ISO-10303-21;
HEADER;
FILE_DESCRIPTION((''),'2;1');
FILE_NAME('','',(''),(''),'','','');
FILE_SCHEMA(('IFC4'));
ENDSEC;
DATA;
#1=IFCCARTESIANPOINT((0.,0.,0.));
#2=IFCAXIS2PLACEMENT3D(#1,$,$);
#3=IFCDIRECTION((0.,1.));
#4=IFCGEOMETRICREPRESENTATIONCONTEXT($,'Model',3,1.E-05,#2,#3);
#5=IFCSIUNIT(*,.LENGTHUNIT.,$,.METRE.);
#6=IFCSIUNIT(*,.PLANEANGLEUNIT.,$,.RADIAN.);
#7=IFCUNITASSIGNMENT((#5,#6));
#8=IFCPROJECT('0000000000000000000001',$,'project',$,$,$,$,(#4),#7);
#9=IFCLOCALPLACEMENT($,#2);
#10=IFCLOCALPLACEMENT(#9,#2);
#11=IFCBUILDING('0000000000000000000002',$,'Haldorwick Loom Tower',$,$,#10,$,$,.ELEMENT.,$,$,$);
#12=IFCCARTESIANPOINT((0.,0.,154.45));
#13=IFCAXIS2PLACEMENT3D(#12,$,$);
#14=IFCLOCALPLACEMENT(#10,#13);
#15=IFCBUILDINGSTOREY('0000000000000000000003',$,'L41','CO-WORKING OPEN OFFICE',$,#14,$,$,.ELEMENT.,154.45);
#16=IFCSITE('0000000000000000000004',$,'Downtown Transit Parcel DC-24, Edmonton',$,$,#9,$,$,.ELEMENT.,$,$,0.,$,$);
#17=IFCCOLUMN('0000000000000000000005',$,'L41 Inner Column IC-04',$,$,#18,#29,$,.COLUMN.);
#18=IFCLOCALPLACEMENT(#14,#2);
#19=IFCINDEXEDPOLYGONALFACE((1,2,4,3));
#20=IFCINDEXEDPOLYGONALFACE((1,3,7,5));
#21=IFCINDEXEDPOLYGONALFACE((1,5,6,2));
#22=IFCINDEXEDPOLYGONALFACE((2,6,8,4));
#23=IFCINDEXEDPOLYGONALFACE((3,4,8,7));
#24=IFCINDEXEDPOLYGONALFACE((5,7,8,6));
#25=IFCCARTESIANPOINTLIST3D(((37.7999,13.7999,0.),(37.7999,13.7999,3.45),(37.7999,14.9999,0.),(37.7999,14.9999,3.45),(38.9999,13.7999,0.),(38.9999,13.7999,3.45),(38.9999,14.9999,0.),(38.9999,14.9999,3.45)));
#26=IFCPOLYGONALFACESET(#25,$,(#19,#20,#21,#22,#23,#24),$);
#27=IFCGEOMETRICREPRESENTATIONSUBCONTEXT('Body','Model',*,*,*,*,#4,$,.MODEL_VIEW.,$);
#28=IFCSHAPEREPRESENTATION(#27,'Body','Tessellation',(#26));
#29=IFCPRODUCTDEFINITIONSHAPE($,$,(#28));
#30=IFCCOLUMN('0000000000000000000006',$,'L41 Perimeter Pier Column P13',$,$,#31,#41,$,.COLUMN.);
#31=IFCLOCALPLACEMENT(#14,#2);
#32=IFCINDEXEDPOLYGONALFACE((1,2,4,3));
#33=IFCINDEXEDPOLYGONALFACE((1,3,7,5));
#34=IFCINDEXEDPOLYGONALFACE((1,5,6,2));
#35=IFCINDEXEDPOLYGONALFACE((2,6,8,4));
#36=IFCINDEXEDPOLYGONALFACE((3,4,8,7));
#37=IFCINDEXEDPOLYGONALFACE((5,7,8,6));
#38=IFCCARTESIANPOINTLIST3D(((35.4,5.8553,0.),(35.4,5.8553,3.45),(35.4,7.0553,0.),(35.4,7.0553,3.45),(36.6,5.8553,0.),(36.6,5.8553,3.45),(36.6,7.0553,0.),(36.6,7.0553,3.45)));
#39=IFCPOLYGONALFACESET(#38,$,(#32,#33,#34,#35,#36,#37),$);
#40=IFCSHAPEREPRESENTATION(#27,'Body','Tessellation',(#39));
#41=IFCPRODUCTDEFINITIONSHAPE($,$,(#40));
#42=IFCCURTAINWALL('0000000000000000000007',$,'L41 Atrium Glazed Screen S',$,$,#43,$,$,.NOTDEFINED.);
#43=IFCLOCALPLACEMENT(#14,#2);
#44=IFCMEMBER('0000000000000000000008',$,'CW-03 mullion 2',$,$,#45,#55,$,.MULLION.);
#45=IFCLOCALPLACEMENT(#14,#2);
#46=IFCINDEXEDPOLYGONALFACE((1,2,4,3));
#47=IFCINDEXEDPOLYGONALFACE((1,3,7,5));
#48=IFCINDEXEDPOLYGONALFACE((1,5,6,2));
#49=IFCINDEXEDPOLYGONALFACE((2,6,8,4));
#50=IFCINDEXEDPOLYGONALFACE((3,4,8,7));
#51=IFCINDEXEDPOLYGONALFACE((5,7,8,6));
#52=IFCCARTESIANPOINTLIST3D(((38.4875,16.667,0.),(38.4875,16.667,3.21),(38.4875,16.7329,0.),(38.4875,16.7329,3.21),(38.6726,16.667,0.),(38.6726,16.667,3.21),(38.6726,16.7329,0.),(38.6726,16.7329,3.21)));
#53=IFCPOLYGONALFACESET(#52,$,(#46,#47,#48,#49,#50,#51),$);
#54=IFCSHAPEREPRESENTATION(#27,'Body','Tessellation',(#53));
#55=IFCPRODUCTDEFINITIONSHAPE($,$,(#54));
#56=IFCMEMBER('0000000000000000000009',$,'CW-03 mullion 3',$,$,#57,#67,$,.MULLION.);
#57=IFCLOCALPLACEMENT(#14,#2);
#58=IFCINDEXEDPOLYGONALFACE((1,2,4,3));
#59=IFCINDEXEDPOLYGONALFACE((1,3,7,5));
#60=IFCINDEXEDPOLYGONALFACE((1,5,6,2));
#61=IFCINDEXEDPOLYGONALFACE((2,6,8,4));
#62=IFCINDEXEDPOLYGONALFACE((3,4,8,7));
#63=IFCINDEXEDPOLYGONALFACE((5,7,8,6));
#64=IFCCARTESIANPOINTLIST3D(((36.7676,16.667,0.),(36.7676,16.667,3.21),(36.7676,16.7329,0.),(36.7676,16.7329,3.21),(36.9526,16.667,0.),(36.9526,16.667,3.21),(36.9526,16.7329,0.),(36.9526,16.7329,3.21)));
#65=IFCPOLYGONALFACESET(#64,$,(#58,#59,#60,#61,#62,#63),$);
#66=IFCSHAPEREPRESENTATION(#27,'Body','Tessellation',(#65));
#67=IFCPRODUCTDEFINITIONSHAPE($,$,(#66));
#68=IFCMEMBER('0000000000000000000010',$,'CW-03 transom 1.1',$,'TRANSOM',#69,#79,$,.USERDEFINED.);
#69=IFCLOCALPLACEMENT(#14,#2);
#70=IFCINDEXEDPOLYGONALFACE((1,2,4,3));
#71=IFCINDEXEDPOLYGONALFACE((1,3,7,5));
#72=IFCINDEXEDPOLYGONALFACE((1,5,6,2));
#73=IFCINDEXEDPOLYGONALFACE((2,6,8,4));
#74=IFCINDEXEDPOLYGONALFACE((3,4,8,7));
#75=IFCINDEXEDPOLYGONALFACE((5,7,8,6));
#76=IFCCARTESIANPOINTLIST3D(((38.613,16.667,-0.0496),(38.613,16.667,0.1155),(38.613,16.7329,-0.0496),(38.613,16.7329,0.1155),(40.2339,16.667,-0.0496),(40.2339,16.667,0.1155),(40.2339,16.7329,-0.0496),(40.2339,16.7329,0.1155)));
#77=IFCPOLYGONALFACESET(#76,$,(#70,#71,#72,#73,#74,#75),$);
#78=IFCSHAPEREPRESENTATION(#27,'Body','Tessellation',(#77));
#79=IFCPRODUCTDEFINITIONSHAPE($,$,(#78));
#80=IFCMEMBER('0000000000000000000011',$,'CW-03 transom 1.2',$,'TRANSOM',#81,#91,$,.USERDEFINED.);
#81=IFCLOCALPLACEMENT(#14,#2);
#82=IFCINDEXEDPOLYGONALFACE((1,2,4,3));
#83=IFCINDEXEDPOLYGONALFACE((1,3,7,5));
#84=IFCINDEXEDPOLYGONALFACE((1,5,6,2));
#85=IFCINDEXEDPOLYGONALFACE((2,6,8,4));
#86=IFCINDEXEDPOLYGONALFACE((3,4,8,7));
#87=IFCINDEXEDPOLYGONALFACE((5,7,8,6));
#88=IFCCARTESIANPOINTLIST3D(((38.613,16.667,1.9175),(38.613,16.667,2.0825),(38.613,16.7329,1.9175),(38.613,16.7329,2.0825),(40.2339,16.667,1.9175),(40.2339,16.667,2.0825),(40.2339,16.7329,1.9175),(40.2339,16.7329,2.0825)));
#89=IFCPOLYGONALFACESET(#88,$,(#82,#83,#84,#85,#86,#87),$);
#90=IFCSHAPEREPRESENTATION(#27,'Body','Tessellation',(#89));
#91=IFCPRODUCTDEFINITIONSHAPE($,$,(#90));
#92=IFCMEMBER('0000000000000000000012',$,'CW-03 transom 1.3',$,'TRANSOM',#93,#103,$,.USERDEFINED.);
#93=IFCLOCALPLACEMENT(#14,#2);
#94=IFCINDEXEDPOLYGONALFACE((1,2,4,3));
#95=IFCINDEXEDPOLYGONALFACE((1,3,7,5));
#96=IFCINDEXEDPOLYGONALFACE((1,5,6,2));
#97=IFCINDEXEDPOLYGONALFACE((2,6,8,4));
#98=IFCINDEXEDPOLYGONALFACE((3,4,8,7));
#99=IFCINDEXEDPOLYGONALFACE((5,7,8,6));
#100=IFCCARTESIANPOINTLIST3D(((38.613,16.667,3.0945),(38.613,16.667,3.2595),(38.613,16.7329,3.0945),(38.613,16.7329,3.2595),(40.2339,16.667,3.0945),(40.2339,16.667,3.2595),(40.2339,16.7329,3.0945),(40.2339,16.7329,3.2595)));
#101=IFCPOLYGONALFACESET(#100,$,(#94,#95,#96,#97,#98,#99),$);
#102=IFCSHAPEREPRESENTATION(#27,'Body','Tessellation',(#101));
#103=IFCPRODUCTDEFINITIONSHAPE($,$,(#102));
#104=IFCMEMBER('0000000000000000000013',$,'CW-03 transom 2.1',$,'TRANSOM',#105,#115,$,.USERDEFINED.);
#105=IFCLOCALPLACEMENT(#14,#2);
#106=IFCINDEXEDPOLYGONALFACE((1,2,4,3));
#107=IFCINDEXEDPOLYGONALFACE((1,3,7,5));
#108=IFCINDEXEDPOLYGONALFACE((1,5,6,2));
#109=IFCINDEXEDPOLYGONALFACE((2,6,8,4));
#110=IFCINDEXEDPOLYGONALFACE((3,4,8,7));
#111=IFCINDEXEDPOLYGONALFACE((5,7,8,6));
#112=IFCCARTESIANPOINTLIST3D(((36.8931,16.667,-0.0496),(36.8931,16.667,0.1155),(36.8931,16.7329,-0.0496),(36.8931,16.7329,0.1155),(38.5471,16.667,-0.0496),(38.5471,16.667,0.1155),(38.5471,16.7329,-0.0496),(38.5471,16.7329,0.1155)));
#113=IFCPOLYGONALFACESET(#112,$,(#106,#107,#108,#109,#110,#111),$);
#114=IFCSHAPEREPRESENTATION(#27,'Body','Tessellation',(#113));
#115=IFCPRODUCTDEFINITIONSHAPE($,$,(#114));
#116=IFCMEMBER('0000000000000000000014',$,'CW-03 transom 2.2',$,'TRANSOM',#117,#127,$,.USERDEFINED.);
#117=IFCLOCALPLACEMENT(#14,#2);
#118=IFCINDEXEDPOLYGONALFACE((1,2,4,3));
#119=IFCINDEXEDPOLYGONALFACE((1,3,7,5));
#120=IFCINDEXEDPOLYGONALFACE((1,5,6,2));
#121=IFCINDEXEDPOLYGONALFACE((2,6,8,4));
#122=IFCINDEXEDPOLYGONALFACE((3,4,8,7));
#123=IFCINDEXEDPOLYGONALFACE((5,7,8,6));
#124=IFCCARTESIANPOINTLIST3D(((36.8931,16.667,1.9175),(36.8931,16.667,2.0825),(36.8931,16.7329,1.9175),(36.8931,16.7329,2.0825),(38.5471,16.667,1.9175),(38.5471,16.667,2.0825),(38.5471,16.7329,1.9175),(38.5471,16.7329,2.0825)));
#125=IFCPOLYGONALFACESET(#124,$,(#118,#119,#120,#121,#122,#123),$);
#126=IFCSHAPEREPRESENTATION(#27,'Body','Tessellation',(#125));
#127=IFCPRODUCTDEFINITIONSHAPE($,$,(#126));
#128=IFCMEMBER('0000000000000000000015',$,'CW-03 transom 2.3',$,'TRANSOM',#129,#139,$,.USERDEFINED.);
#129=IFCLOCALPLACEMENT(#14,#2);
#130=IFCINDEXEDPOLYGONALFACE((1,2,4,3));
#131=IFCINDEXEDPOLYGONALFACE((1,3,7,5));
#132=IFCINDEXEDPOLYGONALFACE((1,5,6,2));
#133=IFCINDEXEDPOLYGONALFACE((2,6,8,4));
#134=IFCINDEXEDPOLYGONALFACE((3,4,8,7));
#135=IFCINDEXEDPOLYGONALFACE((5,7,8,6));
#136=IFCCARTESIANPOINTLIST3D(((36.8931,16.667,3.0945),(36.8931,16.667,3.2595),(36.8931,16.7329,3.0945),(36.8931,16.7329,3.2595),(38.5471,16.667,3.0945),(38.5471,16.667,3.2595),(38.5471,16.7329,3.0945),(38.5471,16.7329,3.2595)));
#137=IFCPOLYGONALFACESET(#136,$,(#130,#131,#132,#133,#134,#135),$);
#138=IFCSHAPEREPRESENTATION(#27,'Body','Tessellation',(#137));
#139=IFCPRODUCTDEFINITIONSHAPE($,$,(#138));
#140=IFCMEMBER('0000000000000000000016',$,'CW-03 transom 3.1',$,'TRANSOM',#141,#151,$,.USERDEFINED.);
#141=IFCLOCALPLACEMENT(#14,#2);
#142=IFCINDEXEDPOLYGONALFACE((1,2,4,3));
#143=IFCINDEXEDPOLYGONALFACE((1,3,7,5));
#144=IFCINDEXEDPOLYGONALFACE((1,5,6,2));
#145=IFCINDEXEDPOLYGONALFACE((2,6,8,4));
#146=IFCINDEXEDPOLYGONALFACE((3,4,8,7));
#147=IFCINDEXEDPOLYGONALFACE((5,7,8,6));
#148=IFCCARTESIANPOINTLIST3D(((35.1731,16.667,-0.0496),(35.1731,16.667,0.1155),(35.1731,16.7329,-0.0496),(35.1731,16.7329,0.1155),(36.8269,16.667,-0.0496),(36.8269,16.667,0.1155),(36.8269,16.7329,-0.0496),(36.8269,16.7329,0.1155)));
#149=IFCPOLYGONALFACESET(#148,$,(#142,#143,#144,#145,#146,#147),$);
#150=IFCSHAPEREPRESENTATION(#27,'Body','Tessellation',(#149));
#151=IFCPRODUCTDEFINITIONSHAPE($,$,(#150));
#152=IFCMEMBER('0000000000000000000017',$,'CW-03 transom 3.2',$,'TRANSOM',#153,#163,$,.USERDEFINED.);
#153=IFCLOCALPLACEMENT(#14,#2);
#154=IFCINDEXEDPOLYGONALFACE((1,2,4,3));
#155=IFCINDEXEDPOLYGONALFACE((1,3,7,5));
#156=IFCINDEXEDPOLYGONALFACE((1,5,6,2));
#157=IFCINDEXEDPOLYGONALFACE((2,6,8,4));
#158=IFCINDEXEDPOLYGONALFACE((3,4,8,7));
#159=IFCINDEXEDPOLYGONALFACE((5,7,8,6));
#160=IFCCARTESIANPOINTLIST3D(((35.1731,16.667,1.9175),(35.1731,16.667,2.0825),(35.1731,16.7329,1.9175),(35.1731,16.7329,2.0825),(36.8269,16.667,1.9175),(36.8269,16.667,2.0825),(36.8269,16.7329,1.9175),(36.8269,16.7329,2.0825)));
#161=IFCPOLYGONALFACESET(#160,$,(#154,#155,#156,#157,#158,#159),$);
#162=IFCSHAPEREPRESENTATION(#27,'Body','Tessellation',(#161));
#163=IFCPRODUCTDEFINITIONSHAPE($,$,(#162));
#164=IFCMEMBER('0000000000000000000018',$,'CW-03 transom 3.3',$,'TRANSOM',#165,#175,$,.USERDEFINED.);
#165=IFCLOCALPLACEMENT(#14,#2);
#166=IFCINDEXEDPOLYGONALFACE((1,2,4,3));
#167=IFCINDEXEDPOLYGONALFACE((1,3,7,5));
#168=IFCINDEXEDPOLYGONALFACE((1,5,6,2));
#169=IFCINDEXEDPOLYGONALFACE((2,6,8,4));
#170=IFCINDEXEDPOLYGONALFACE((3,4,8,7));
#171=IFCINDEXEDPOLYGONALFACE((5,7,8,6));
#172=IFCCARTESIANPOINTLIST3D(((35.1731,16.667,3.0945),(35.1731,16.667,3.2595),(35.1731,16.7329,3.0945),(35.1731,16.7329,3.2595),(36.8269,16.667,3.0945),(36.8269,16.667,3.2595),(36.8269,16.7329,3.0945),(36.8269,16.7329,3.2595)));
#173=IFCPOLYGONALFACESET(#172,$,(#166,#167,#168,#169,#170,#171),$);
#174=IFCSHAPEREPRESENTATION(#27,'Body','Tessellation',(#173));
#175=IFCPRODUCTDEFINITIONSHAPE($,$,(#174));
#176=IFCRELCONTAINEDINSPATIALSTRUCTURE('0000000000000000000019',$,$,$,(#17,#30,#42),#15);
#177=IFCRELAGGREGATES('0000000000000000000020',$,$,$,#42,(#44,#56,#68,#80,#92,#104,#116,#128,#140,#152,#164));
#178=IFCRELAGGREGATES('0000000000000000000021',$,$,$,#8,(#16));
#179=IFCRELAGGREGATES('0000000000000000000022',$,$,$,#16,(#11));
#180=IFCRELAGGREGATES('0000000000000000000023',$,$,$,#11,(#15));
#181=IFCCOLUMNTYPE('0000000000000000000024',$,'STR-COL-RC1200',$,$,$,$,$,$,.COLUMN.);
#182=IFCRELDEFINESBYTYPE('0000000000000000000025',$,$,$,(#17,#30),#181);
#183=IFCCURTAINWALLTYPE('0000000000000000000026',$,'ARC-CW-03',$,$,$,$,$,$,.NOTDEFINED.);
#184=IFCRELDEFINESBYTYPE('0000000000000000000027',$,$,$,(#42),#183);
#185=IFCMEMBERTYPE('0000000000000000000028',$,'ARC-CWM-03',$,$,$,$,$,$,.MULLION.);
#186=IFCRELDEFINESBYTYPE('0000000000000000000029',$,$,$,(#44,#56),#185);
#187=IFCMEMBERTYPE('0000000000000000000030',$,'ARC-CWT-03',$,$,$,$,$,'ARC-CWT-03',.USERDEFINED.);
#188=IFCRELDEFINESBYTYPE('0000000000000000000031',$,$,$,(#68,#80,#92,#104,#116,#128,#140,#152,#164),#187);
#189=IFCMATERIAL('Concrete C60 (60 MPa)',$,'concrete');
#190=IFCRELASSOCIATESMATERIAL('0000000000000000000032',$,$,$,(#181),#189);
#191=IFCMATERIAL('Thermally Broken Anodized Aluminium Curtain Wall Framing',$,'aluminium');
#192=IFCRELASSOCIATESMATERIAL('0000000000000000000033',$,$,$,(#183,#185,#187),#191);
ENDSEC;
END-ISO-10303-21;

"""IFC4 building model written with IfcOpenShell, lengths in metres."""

from ifc_helpers import new_model, si_unit, direction, frame, origin, origin_2d, place, context, subcontext, project, spatial, rectangle, extrude, material, material_profile, profile_set, type_object, element, aggregate, save


model = new_model("IFC4")

# Units and contexts
model_context = context("Model", 3, precision=1e-05, world=origin(), true_north=direction((0.0, 1.0)))
body_context = subcontext(model_context, "Body", "Model", "MODEL_VIEW")
ifc_project = project(units=[si_unit("LENGTHUNIT", "METRE"), si_unit("PLANEANGLEUNIT", "RADIAN")], contexts=[model_context])

# Site, building, storey
site_placement = place(None, origin())
site = spatial("IfcSite", under=ifc_project, at=site_placement, Name="Downtown Transit Parcel DC-24, Edmonton", CompositionType="ELEMENT", RefElevation=0.0)
building_placement = place(site_placement, origin())
building = spatial("IfcBuilding", under=site, at=building_placement, Name="Haldorwick Loom Tower", CompositionType="ELEMENT")
storey_placement = place(building_placement, frame((0.0, 0.0, 154.45)))
storey = spatial("IfcBuildingStorey", under=building, at=storey_placement, Name="L41", Description="CO-WORKING OPEN OFFICE", CompositionType="ELEMENT", Elevation=154.45)

# Columns
ifc_material_1 = material(Name="Concrete C60 (60 MPa)", Category="concrete")
ifc_material_profile_1 = material_profile(ifc_material_1, rectangle(XDim=1.2, YDim=1.2, at=origin_2d()), Name="RC1200X1200", Category="concrete")
ifc_profile_set_1 = profile_set([ifc_material_profile_1], Name="Concrete C60 (60 MPa)")
column_type = type_object("IfcColumnType", Name="STR-COL-RC1200", PredefinedType="COLUMN", material=ifc_profile_set_1)
for number, where, z_axis, x_axis, name in (
    (1, (38.3999, 14.3999, 0.0), (0.0, 0.0, 1.0), (1.0, 0.0, 0.0), "L41 Inner Column IC-04"),
    (2, (36.0, 6.4553, 0.0), (0.0, 0.0, 1.0), (0.0, -1.0, 0.0), "L41 Perimeter Pier Column P13"),
):
    element("IfcColumn", number, at=place(storey_placement, frame(where, z_axis=z_axis, x_axis=x_axis)), inside=storey, type_object=column_type, Name=name, PredefinedType="COLUMN", context=body_context, shape_type="SweptSolid", body=[
        extrude(rectangle(XDim=1.2, YDim=1.2, at=origin_2d()), origin(), (0.0, 0.0, 1.0), 3.45),
    ])

# Curtain wall, members
ifc_material_2 = material(Name="Thermally Broken Anodized Aluminium Curtain Wall Framing", Category="aluminium")
curtain_wall_type = type_object("IfcCurtainWallType", Name="ARC-CW-03", PredefinedType="NOTDEFINED", material=ifc_material_2)
curtain_wall_placement = place(storey_placement, origin())
curtain_wall = element("IfcCurtainWall", 3, at=curtain_wall_placement, inside=storey, type_object=curtain_wall_type, Name="L41 Atrium Glazed Screen S", PredefinedType="NOTDEFINED")
ifc_material_profile_2 = material_profile(ifc_material_2, rectangle(XDim=0.0659, YDim=0.1851, at=origin_2d()), Name="ALU_MUL_66X185", Category="aluminium")
ifc_profile_set_2 = profile_set([ifc_material_profile_2], Name="Thermally Broken Anodized Aluminium Curtain Wall Framing")
member_type_1 = type_object("IfcMemberType", Name="ARC-CWM-03", PredefinedType="MULLION", material=ifc_profile_set_2)
member_1_placement = place(storey_placement, frame((38.5801, 16.7, 0.0), z_axis=(0.0, 0.0, 1.0), x_axis=(0.0, -1.0, 0.0)))
member_1 = element("IfcMember", 4, at=member_1_placement, type_object=member_type_1, Name="CW-03 mullion 2", PredefinedType="MULLION", context=body_context, shape_type="SweptSolid", body=[
    extrude(rectangle(XDim=0.0659, YDim=0.1851, at=origin_2d()), origin(), (0.0, 0.0, 1.0), 3.21),
])
member_2_placement = place(storey_placement, frame((36.8601, 16.7, 0.0), z_axis=(0.0, 0.0, 1.0), x_axis=(0.0, -1.0, 0.0)))
member_2 = element("IfcMember", 5, at=member_2_placement, type_object=member_type_1, Name="CW-03 mullion 3", PredefinedType="MULLION", context=body_context, shape_type="SweptSolid", body=[
    extrude(rectangle(XDim=0.0659, YDim=0.1851, at=origin_2d()), origin(), (0.0, 0.0, 1.0), 3.21),
])
ifc_material_profile_3 = material_profile(ifc_material_2, rectangle(XDim=0.0659, YDim=0.165, at=origin_2d()), Name="ALU_TRN_66X165", Category="aluminium")
ifc_profile_set_3 = profile_set([ifc_material_profile_3], Name="Thermally Broken Anodized Aluminium Curtain Wall Framing")
member_type_2 = type_object("IfcMemberType", Name="ARC-CWT-03", ElementType="ARC-CWT-03", PredefinedType="USERDEFINED", material=ifc_profile_set_3)
member_3_placement = place(storey_placement, frame((40.2339, 16.7, 0.033), z_axis=(-1.0, 0.0, 0.0), x_axis=(0.0, -1.0, 0.0)))
member_3 = element("IfcMember", 6, at=member_3_placement, type_object=member_type_2, Name="CW-03 transom 1.1", ObjectType="TRANSOM", PredefinedType="USERDEFINED", context=body_context, shape_type="SweptSolid", body=[
    extrude(rectangle(XDim=0.0659, YDim=0.165, at=origin_2d()), origin(), (0.0, 0.0, 1.0), 1.6208),
])
member_4_placement = place(storey_placement, frame((40.2339, 16.7, 2.0), z_axis=(-1.0, 0.0, 0.0), x_axis=(0.0, -1.0, 0.0)))
member_4 = element("IfcMember", 7, at=member_4_placement, type_object=member_type_2, Name="CW-03 transom 1.2", ObjectType="TRANSOM", PredefinedType="USERDEFINED", context=body_context, shape_type="SweptSolid", body=[
    extrude(rectangle(XDim=0.0659, YDim=0.165, at=origin_2d()), origin(), (0.0, 0.0, 1.0), 1.6208),
])
member_5_placement = place(storey_placement, frame((40.2339, 16.7, 3.177), z_axis=(-1.0, 0.0, 0.0), x_axis=(0.0, -1.0, 0.0)))
member_5 = element("IfcMember", 8, at=member_5_placement, type_object=member_type_2, Name="CW-03 transom 1.3", ObjectType="TRANSOM", PredefinedType="USERDEFINED", context=body_context, shape_type="SweptSolid", body=[
    extrude(rectangle(XDim=0.0659, YDim=0.165, at=origin_2d()), origin(), (0.0, 0.0, 1.0), 1.6208),
])
member_6_placement = place(storey_placement, frame((38.5471, 16.7, 0.033), z_axis=(-1.0, 0.0, 0.0), x_axis=(0.0, -1.0, 0.0)))
member_6 = element("IfcMember", 9, at=member_6_placement, type_object=member_type_2, Name="CW-03 transom 2.1", ObjectType="TRANSOM", PredefinedType="USERDEFINED", context=body_context, shape_type="SweptSolid", body=[
    extrude(rectangle(XDim=0.0659, YDim=0.165, at=origin_2d()), origin(), (0.0, 0.0, 1.0), 1.6541),
])
member_7_placement = place(storey_placement, frame((38.5471, 16.7, 2.0), z_axis=(-1.0, 0.0, 0.0), x_axis=(0.0, -1.0, 0.0)))
member_7 = element("IfcMember", 10, at=member_7_placement, type_object=member_type_2, Name="CW-03 transom 2.2", ObjectType="TRANSOM", PredefinedType="USERDEFINED", context=body_context, shape_type="SweptSolid", body=[
    extrude(rectangle(XDim=0.0659, YDim=0.165, at=origin_2d()), origin(), (0.0, 0.0, 1.0), 1.6541),
])
member_8_placement = place(storey_placement, frame((38.5471, 16.7, 3.177), z_axis=(-1.0, 0.0, 0.0), x_axis=(0.0, -1.0, 0.0)))
member_8 = element("IfcMember", 11, at=member_8_placement, type_object=member_type_2, Name="CW-03 transom 2.3", ObjectType="TRANSOM", PredefinedType="USERDEFINED", context=body_context, shape_type="SweptSolid", body=[
    extrude(rectangle(XDim=0.0659, YDim=0.165, at=origin_2d()), origin(), (0.0, 0.0, 1.0), 1.6541),
])
member_9_placement = place(storey_placement, frame((36.8269, 16.7, 0.033), z_axis=(-1.0, 0.0, 0.0), x_axis=(0.0, -1.0, 0.0)))
member_9 = element("IfcMember", 12, at=member_9_placement, type_object=member_type_2, Name="CW-03 transom 3.1", ObjectType="TRANSOM", PredefinedType="USERDEFINED", context=body_context, shape_type="SweptSolid", body=[
    extrude(rectangle(XDim=0.0659, YDim=0.165, at=origin_2d()), origin(), (0.0, 0.0, 1.0), 1.6538),
])
member_10_placement = place(storey_placement, frame((36.8269, 16.7, 2.0), z_axis=(-1.0, 0.0, 0.0), x_axis=(0.0, -1.0, 0.0)))
member_10 = element("IfcMember", 13, at=member_10_placement, type_object=member_type_2, Name="CW-03 transom 3.2", ObjectType="TRANSOM", PredefinedType="USERDEFINED", context=body_context, shape_type="SweptSolid", body=[
    extrude(rectangle(XDim=0.0659, YDim=0.165, at=origin_2d()), origin(), (0.0, 0.0, 1.0), 1.6538),
])
member_11_placement = place(storey_placement, frame((36.8269, 16.7, 3.177), z_axis=(-1.0, 0.0, 0.0), x_axis=(0.0, -1.0, 0.0)))
member_11 = element("IfcMember", 14, at=member_11_placement, type_object=member_type_2, Name="CW-03 transom 3.3", ObjectType="TRANSOM", PredefinedType="USERDEFINED", context=body_context, shape_type="SweptSolid", body=[
    extrude(rectangle(XDim=0.0659, YDim=0.165, at=origin_2d()), origin(), (0.0, 0.0, 1.0), 1.6538),
])

aggregate(curtain_wall, [member_1, member_2, member_3, member_4, member_5, member_6, member_7, member_8, member_9, member_10, member_11])

save(model, "model.ifc")
